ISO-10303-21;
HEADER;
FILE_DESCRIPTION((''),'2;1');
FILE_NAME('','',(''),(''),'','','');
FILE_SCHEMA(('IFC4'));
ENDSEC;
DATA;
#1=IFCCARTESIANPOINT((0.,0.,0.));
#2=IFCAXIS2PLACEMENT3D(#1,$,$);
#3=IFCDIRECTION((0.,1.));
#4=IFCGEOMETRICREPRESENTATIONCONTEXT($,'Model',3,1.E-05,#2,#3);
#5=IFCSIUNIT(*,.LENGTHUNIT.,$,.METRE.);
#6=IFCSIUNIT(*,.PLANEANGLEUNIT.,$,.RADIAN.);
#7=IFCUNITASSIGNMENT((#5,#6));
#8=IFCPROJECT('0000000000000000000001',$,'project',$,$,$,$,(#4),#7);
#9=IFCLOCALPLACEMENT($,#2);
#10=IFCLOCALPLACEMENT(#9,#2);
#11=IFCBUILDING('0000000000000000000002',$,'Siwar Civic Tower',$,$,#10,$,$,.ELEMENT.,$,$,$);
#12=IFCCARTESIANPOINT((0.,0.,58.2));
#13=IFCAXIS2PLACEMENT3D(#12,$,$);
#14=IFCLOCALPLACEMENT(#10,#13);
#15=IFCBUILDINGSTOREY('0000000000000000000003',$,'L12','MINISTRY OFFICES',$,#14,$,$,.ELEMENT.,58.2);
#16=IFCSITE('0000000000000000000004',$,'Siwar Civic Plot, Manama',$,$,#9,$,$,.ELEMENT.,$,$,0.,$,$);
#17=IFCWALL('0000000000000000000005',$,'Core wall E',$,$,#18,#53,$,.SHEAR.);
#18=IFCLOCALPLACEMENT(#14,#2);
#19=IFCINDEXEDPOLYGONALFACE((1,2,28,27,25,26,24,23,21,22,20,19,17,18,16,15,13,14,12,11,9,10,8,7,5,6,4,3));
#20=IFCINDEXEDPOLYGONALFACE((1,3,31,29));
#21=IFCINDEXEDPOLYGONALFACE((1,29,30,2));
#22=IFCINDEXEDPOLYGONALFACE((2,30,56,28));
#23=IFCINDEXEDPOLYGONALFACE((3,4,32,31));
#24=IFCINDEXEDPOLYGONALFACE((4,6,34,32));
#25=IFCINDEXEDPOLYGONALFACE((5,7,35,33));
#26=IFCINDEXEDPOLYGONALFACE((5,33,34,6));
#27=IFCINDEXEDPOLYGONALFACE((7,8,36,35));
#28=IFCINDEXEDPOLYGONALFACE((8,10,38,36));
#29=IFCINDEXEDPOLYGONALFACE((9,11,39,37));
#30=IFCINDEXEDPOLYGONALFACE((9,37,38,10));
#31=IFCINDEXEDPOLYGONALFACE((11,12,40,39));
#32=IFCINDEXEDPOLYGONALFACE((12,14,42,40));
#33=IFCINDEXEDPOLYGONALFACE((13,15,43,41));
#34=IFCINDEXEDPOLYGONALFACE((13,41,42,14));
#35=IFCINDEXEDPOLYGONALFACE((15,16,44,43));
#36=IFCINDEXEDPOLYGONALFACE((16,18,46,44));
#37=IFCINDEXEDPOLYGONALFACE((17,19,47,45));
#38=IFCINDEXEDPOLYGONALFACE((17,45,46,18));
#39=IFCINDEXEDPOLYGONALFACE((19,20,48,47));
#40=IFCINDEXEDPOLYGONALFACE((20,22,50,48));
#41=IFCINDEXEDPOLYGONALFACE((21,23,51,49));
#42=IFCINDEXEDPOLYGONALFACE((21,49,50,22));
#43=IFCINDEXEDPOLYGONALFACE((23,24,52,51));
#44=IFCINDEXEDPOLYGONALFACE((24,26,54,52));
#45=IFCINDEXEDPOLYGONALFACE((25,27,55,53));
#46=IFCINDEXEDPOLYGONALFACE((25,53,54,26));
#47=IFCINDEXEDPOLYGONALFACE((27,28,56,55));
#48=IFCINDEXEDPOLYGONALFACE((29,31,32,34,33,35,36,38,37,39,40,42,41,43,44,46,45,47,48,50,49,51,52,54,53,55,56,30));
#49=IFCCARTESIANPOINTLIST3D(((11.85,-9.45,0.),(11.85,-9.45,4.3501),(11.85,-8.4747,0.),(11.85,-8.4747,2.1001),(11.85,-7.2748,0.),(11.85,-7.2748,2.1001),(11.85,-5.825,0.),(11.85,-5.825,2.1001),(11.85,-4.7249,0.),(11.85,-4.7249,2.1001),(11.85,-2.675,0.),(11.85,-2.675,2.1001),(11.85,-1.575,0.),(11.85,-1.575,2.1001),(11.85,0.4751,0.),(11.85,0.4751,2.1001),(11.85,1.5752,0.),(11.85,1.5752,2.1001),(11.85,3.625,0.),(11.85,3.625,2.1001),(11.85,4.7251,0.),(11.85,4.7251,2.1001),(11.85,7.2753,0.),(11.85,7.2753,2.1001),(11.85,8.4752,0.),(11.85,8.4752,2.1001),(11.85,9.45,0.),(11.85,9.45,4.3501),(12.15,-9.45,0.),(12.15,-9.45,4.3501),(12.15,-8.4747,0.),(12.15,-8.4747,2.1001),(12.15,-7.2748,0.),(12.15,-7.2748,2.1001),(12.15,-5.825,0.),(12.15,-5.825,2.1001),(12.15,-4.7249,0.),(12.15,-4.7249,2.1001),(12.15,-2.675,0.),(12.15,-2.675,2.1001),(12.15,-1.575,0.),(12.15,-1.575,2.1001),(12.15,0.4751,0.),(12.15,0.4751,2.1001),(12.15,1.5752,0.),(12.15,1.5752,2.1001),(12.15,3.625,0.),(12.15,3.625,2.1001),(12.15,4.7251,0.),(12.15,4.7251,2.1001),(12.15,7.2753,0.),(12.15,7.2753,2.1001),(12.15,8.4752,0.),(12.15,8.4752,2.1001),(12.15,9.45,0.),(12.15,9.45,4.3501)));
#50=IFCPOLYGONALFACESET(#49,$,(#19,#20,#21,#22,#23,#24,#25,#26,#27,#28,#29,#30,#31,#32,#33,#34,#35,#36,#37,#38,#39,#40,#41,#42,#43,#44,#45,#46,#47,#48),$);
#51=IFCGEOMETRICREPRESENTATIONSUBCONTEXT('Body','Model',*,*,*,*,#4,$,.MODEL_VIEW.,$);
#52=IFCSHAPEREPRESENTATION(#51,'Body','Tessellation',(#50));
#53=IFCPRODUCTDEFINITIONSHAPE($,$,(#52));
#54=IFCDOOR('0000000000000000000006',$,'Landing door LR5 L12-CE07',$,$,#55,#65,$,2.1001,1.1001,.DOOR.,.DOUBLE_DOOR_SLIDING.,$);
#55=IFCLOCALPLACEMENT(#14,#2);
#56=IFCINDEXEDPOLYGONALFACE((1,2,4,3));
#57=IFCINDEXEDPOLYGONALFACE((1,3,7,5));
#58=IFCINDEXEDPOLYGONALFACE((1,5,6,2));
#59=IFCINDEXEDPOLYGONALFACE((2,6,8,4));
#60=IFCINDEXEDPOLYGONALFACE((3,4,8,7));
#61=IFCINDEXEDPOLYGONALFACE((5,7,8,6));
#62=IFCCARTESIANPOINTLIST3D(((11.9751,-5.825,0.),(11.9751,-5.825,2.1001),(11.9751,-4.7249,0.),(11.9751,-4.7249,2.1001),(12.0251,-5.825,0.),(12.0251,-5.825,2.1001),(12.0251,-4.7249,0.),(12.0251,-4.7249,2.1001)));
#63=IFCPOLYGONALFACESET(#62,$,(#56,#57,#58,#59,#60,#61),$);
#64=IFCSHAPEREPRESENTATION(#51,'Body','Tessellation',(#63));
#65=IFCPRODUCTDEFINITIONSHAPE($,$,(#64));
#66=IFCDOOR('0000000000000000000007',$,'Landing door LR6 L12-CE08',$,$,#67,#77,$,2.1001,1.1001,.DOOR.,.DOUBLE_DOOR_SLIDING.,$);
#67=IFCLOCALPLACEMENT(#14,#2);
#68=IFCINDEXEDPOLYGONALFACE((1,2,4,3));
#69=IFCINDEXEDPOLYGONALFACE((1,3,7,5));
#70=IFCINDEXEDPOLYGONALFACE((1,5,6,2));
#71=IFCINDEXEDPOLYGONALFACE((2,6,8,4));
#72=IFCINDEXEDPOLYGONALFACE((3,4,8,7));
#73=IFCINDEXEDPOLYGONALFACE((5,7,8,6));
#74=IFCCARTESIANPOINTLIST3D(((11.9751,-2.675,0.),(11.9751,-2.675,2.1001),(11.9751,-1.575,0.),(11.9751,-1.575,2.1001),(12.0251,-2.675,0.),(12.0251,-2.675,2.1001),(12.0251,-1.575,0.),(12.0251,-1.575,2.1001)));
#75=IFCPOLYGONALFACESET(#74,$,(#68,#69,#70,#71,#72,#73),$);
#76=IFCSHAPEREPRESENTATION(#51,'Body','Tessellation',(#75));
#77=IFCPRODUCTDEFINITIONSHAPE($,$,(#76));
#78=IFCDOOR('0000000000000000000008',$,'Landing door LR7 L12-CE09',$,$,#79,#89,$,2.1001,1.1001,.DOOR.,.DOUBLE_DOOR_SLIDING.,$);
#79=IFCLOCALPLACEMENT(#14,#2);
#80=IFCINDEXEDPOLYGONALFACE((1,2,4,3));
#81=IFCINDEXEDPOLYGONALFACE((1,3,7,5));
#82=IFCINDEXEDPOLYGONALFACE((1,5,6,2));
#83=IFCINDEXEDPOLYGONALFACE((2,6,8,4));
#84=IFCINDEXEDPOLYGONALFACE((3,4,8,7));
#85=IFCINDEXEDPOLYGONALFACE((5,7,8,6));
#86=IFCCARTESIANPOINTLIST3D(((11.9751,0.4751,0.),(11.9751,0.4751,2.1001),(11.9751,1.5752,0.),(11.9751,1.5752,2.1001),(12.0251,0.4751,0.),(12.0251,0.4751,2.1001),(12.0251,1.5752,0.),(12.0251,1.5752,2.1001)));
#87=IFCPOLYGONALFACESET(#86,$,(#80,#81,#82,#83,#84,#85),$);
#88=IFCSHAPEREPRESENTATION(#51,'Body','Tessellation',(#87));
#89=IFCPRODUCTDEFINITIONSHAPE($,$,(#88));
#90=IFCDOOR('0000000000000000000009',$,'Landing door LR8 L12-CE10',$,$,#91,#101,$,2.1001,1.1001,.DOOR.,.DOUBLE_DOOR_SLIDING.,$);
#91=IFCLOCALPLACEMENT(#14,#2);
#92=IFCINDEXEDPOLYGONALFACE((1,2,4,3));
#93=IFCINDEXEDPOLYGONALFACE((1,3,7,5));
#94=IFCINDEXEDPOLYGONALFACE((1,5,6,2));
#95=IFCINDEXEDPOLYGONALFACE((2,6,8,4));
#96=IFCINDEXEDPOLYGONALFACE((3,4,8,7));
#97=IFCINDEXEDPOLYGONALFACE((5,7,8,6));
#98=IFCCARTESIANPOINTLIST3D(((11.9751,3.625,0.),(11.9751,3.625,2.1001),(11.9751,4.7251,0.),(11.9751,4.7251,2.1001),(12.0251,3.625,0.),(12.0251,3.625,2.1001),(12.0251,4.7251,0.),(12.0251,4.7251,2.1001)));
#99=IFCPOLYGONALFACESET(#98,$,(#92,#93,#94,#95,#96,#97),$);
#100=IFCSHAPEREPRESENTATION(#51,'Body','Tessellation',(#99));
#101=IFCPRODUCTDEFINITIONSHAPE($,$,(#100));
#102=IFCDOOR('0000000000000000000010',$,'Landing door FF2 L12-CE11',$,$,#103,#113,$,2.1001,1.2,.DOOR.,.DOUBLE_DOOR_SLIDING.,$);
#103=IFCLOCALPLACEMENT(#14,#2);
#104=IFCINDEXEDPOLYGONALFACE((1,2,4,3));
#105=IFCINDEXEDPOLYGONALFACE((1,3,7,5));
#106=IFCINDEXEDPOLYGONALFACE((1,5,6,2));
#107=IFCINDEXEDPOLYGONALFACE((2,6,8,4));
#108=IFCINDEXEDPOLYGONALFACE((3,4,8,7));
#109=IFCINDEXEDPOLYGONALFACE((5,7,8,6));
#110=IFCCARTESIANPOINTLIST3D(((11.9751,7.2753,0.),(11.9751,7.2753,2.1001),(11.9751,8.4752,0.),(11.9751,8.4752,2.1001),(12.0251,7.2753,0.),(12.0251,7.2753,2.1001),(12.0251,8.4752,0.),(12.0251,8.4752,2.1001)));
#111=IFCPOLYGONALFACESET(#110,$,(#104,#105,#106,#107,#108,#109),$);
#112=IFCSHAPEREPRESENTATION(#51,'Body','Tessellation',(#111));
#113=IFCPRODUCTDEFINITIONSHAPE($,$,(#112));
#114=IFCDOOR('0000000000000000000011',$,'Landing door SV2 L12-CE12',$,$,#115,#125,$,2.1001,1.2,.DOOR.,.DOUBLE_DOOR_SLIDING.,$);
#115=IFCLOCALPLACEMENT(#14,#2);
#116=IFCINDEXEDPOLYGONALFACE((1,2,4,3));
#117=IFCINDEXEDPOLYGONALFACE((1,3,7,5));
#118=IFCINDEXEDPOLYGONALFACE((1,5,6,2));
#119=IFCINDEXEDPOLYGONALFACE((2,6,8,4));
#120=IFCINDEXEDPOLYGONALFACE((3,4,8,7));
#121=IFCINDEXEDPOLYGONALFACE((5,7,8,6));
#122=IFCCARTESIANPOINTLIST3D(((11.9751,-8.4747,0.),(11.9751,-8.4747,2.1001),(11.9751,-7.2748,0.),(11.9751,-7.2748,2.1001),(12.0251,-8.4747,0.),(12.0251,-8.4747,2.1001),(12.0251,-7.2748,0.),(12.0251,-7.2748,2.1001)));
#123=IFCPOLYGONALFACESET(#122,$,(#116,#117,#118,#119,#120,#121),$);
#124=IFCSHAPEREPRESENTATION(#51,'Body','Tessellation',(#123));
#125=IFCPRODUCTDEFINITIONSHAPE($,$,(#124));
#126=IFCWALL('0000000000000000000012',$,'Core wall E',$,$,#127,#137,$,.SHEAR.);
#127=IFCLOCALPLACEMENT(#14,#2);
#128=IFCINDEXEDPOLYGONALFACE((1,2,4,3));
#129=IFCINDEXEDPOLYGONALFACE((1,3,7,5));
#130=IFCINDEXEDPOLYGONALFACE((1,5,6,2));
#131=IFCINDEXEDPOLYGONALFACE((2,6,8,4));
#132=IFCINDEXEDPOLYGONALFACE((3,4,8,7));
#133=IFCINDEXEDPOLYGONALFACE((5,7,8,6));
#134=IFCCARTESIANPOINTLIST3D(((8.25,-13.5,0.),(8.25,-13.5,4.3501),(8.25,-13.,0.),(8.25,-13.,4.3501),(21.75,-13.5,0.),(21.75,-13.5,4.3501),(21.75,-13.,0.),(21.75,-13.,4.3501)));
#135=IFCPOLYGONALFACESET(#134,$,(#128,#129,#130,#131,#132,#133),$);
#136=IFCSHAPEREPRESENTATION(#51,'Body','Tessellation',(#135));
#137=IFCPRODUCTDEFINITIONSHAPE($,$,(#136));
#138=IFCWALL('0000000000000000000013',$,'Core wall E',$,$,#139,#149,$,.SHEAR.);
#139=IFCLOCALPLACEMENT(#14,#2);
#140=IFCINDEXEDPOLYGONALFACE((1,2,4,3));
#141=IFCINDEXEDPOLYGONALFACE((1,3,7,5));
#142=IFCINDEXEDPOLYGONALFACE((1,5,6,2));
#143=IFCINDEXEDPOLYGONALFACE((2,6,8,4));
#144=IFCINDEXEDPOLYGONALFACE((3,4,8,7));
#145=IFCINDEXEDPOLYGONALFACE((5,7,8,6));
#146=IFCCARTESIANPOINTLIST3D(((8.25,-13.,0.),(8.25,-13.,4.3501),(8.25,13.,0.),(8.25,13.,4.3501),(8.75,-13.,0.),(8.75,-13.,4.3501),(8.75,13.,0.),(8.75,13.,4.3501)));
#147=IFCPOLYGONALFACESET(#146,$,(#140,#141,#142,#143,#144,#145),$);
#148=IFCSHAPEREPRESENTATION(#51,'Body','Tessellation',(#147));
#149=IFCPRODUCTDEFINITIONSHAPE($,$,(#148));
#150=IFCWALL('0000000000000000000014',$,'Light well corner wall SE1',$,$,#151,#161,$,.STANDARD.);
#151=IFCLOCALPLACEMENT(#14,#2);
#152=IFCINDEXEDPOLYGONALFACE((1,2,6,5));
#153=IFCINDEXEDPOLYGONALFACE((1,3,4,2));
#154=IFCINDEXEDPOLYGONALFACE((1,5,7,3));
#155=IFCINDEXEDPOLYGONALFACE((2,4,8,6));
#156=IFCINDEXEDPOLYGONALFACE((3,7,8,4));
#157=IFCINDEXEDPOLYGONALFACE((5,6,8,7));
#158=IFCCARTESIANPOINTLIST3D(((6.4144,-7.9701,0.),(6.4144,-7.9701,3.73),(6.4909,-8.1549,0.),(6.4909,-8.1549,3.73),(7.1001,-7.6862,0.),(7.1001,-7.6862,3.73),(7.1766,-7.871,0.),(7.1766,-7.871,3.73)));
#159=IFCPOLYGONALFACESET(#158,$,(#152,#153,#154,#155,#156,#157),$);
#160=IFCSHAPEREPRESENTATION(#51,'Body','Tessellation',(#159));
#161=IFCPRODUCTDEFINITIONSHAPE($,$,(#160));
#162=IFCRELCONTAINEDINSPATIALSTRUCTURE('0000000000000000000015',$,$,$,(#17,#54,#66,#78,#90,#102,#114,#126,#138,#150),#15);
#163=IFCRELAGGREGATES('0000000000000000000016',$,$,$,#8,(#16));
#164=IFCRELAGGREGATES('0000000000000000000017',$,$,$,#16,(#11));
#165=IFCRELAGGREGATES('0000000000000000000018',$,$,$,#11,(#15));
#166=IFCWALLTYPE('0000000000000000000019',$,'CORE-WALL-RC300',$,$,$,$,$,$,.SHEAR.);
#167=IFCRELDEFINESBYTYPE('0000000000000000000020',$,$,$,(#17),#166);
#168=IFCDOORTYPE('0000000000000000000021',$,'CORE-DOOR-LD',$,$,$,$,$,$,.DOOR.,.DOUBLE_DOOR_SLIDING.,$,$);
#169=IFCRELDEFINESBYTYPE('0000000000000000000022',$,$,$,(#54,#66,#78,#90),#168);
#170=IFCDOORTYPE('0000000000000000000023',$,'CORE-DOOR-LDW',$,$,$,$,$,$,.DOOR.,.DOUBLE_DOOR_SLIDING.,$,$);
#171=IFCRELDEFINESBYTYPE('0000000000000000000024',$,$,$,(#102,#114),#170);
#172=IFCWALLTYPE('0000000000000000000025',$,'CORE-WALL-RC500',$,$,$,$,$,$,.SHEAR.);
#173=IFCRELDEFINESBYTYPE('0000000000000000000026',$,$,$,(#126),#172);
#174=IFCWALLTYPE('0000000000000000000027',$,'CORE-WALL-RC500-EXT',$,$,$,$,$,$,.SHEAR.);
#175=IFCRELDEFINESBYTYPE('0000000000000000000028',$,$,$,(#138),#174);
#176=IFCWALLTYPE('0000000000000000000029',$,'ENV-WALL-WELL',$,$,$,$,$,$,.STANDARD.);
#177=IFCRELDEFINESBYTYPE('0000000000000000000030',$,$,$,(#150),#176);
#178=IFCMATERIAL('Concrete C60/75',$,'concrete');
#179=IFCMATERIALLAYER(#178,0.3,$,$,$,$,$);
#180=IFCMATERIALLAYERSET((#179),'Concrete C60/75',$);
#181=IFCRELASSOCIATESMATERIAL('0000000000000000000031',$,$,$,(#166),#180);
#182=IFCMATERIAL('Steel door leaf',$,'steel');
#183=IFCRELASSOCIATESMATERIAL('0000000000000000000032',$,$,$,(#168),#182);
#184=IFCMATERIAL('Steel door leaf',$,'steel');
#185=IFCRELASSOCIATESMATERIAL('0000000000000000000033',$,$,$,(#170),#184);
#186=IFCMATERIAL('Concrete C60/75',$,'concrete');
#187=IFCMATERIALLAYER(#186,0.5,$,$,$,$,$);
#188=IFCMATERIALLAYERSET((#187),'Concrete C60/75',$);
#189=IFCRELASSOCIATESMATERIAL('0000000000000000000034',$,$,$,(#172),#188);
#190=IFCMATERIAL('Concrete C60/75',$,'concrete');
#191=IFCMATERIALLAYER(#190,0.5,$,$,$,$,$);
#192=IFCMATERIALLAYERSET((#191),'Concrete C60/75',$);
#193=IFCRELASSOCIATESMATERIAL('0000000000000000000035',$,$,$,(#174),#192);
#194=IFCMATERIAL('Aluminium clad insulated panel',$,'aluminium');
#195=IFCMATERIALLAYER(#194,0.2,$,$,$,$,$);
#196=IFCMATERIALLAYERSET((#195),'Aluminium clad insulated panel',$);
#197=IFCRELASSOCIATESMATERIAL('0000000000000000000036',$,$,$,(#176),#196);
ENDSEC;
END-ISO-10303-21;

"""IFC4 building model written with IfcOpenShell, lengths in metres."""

from ifc_helpers import new_model, si_unit, direction, frame, frame_2d, origin, place, context, subcontext, project, spatial, rectangle, extrude, material, layer, layer_set, type_object, element, fill, save


model = new_model("IFC4")

# Units and contexts
model_context = context("Model", 3, precision=1e-05, world=origin(), true_north=direction((0.0, 1.0)))
body_context = subcontext(model_context, "Body", "Model", "MODEL_VIEW")
ifc_project = project(units=[si_unit("LENGTHUNIT", "METRE"), si_unit("PLANEANGLEUNIT", "RADIAN")], contexts=[model_context])

# Site, building, storey
site_placement = place(None, origin())
site = spatial("IfcSite", under=ifc_project, at=site_placement, Name="Siwar Civic Plot, Manama", CompositionType="ELEMENT", RefElevation=0.0)
building_placement = place(site_placement, origin())
building = spatial("IfcBuilding", under=site, at=building_placement, Name="Siwar Civic Tower", CompositionType="ELEMENT")
storey_placement = place(building_placement, frame((0.0, 0.0, 58.2)))
storey = spatial("IfcBuildingStorey", under=building, at=storey_placement, Name="L12", Description="MINISTRY OFFICES", CompositionType="ELEMENT", Elevation=58.2)

# Wall, openings, doors
ifc_material_1 = material(Name="Concrete C60/75", Category="concrete")
ifc_layer_1 = layer(ifc_material_1, 0.3)
ifc_layer_set_1 = layer_set([ifc_layer_1], Name="Concrete C60/75")
wall_type_1 = type_object("IfcWallType", Name="CORE-WALL-RC300", PredefinedType="SHEAR", material=ifc_layer_set_1)
wall_1_placement = place(storey_placement, frame((12.0, -9.45, 0.0), z_axis=(0.0, 0.0, 1.0), x_axis=(0.0, 1.0, 0.0)))
wall_1 = element("IfcWall", 1, at=wall_1_placement, inside=storey, type_object=wall_type_1, Name="Core wall E", PredefinedType="SHEAR", context=body_context, shape_type="SweptSolid", body=[
    extrude(rectangle(XDim=18.8999, YDim=0.3, at=frame_2d((9.45, 0.0))), origin(), (0.0, 0.0, 1.0), 4.3501),
])
opening_1_placement = place(wall_1_placement, frame((3.625, 0.0, 0.0)))
opening_1 = element("IfcOpeningElement", 2, at=opening_1_placement, cuts=wall_1, PredefinedType="OPENING", context=body_context, shape_type="SweptSolid", body=[
    extrude(rectangle(XDim=1.1001, YDim=2.1001, at=frame_2d((0.55, 1.05))), frame((0.0, 0.1602, 0.0), z_axis=(0.0, -1.0, 0.0), x_axis=(1.0, 0.0, 0.0)), (0.0, 0.0, 1.0), 0.3201),
])
opening_2_placement = place(wall_1_placement, frame((6.7749, 0.0, 0.0)))
opening_2 = element("IfcOpeningElement", 3, at=opening_2_placement, cuts=wall_1, PredefinedType="OPENING", context=body_context, shape_type="SweptSolid", body=[
    extrude(rectangle(XDim=1.1001, YDim=2.1001, at=frame_2d((0.55, 1.05))), frame((0.0, 0.1602, 0.0), z_axis=(0.0, -1.0, 0.0), x_axis=(1.0, 0.0, 0.0)), (0.0, 0.0, 1.0), 0.3201),
])
opening_3_placement = place(wall_1_placement, frame((9.925, 0.0, 0.0)))
opening_3 = element("IfcOpeningElement", 4, at=opening_3_placement, cuts=wall_1, PredefinedType="OPENING", context=body_context, shape_type="SweptSolid", body=[
    extrude(rectangle(XDim=1.1001, YDim=2.1001, at=frame_2d((0.55, 1.05))), frame((0.0, 0.1602, 0.0), z_axis=(0.0, -1.0, 0.0), x_axis=(1.0, 0.0, 0.0)), (0.0, 0.0, 1.0), 0.3201),
])
opening_4_placement = place(wall_1_placement, frame((13.075, 0.0, 0.0)))
opening_4 = element("IfcOpeningElement", 5, at=opening_4_placement, cuts=wall_1, PredefinedType="OPENING", context=body_context, shape_type="SweptSolid", body=[
    extrude(rectangle(XDim=1.1001, YDim=2.1001, at=frame_2d((0.55, 1.05))), frame((0.0, 0.1602, 0.0), z_axis=(0.0, -1.0, 0.0), x_axis=(1.0, 0.0, 0.0)), (0.0, 0.0, 1.0), 0.3201),
])
opening_5_placement = place(wall_1_placement, frame((16.7251, 0.0, 0.0)))
opening_5 = element("IfcOpeningElement", 6, at=opening_5_placement, cuts=wall_1, PredefinedType="OPENING", context=body_context, shape_type="SweptSolid", body=[
    extrude(rectangle(XDim=1.2, YDim=2.1001, at=frame_2d((0.6001, 1.05))), frame((0.0, 0.1602, 0.0), z_axis=(0.0, -1.0, 0.0), x_axis=(1.0, 0.0, 0.0)), (0.0, 0.0, 1.0), 0.3201),
])
opening_6_placement = place(wall_1_placement, frame((0.9751, 0.0, 0.0)))
opening_6 = element("IfcOpeningElement", 7, at=opening_6_placement, cuts=wall_1, PredefinedType="OPENING", context=body_context, shape_type="SweptSolid", body=[
    extrude(rectangle(XDim=1.2, YDim=2.1001, at=frame_2d((0.6001, 1.05))), frame((0.0, 0.1602, 0.0), z_axis=(0.0, -1.0, 0.0), x_axis=(1.0, 0.0, 0.0)), (0.0, 0.0, 1.0), 0.3201),
])
ifc_material_2 = material(Name="Steel door leaf", Category="steel")
door_type_1 = type_object("IfcDoorType", Name="CORE-DOOR-LD", OperationType="DOUBLE_DOOR_SLIDING", PredefinedType="DOOR", material=ifc_material_2)
door_1_placement = place(opening_1_placement, origin())
door_1 = element("IfcDoor", 8, at=door_1_placement, inside=storey, type_object=door_type_1, Name="Landing door LR5 L12-CE07", OperationType="DOUBLE_DOOR_SLIDING", OverallHeight=2.1001, OverallWidth=1.1001, PredefinedType="DOOR", context=body_context, shape_type="SweptSolid", body=[
    extrude(rectangle(XDim=1.1001, YDim=2.1001, at=frame_2d((0.55, 1.05))), frame((0.0, 0.0249, 0.0), z_axis=(0.0, -1.0, 0.0), x_axis=(1.0, 0.0, 0.0)), (0.0, 0.0, 1.0), 0.05),
])
fill(opening_1, door_1)
door_2_placement = place(opening_2_placement, origin())
door_2 = element("IfcDoor", 9, at=door_2_placement, inside=storey, type_object=door_type_1, Name="Landing door LR6 L12-CE08", OperationType="DOUBLE_DOOR_SLIDING", OverallHeight=2.1001, OverallWidth=1.1001, PredefinedType="DOOR", context=body_context, shape_type="SweptSolid", body=[
    extrude(rectangle(XDim=1.1001, YDim=2.1001, at=frame_2d((0.55, 1.05))), frame((0.0, 0.0249, 0.0), z_axis=(0.0, -1.0, 0.0), x_axis=(1.0, 0.0, 0.0)), (0.0, 0.0, 1.0), 0.05),
])
fill(opening_2, door_2)
door_3_placement = place(opening_3_placement, origin())
door_3 = element("IfcDoor", 10, at=door_3_placement, inside=storey, type_object=door_type_1, Name="Landing door LR7 L12-CE09", OperationType="DOUBLE_DOOR_SLIDING", OverallHeight=2.1001, OverallWidth=1.1001, PredefinedType="DOOR", context=body_context, shape_type="SweptSolid", body=[
    extrude(rectangle(XDim=1.1001, YDim=2.1001, at=frame_2d((0.55, 1.05))), frame((0.0, 0.0249, 0.0), z_axis=(0.0, -1.0, 0.0), x_axis=(1.0, 0.0, 0.0)), (0.0, 0.0, 1.0), 0.05),
])
fill(opening_3, door_3)
door_4_placement = place(opening_4_placement, origin())
door_4 = element("IfcDoor", 11, at=door_4_placement, inside=storey, type_object=door_type_1, Name="Landing door LR8 L12-CE10", OperationType="DOUBLE_DOOR_SLIDING", OverallHeight=2.1001, OverallWidth=1.1001, PredefinedType="DOOR", context=body_context, shape_type="SweptSolid", body=[
    extrude(rectangle(XDim=1.1001, YDim=2.1001, at=frame_2d((0.55, 1.05))), frame((0.0, 0.0249, 0.0), z_axis=(0.0, -1.0, 0.0), x_axis=(1.0, 0.0, 0.0)), (0.0, 0.0, 1.0), 0.05),
])
fill(opening_4, door_4)
ifc_material_3 = material(Name="Steel door leaf", Category="steel")
door_type_2 = type_object("IfcDoorType", Name="CORE-DOOR-LDW", OperationType="DOUBLE_DOOR_SLIDING", PredefinedType="DOOR", material=ifc_material_3)
door_5_placement = place(opening_5_placement, origin())
door_5 = element("IfcDoor", 12, at=door_5_placement, inside=storey, type_object=door_type_2, Name="Landing door FF2 L12-CE11", OperationType="DOUBLE_DOOR_SLIDING", OverallHeight=2.1001, OverallWidth=1.2, PredefinedType="DOOR", context=body_context, shape_type="SweptSolid", body=[
    extrude(rectangle(XDim=1.2, YDim=2.1001, at=frame_2d((0.6001, 1.05))), frame((0.0, 0.0249, 0.0), z_axis=(0.0, -1.0, 0.0), x_axis=(1.0, 0.0, 0.0)), (0.0, 0.0, 1.0), 0.05),
])
fill(opening_5, door_5)
door_6_placement = place(opening_6_placement, origin())
door_6 = element("IfcDoor", 13, at=door_6_placement, inside=storey, type_object=door_type_2, Name="Landing door SV2 L12-CE12", OperationType="DOUBLE_DOOR_SLIDING", OverallHeight=2.1001, OverallWidth=1.2, PredefinedType="DOOR", context=body_context, shape_type="SweptSolid", body=[
    extrude(rectangle(XDim=1.2, YDim=2.1001, at=frame_2d((0.6001, 1.05))), frame((0.0, 0.0249, 0.0), z_axis=(0.0, -1.0, 0.0), x_axis=(1.0, 0.0, 0.0)), (0.0, 0.0, 1.0), 0.05),
])
fill(opening_6, door_6)

# Walls
ifc_material_4 = material(Name="Concrete C60/75", Category="concrete")
ifc_layer_2 = layer(ifc_material_4, 0.5)
ifc_layer_set_2 = layer_set([ifc_layer_2], Name="Concrete C60/75")
wall_type_2 = type_object("IfcWallType", Name="CORE-WALL-RC500", PredefinedType="SHEAR", material=ifc_layer_set_2)
wall_2_placement = place(storey_placement, frame((8.25, -13.25, 0.0), z_axis=(0.0, 0.0, 1.0), x_axis=(1.0, 0.0, 0.0)))
element("IfcWall", 14, at=wall_2_placement, inside=storey, type_object=wall_type_2, Name="Core wall E", PredefinedType="SHEAR", context=body_context, shape_type="SweptSolid", body=[
    extrude(rectangle(XDim=13.5, YDim=0.5, at=frame_2d((6.75, 0.0))), origin(), (0.0, 0.0, 1.0), 4.3501),
])
ifc_material_5 = material(Name="Concrete C60/75", Category="concrete")
ifc_layer_3 = layer(ifc_material_5, 0.5)
ifc_layer_set_3 = layer_set([ifc_layer_3], Name="Concrete C60/75")
wall_type_3 = type_object("IfcWallType", Name="CORE-WALL-RC500-EXT", PredefinedType="SHEAR", material=ifc_layer_set_3)
wall_3_placement = place(storey_placement, frame((8.5, -13.0, 0.0), z_axis=(0.0, 0.0, 1.0), x_axis=(0.0, 1.0, 0.0)))
element("IfcWall", 15, at=wall_3_placement, inside=storey, type_object=wall_type_3, Name="Core wall E", PredefinedType="SHEAR", context=body_context, shape_type="SweptSolid", body=[
    extrude(rectangle(XDim=26.0, YDim=0.5, at=frame_2d((13.0, 0.0))), origin(), (0.0, 0.0, 1.0), 4.3501),
])
ifc_material_6 = material(Name="Aluminium clad insulated panel", Category="aluminium")
ifc_layer_4 = layer(ifc_material_6, 0.2)
ifc_layer_set_4 = layer_set([ifc_layer_4], Name="Aluminium clad insulated panel")
wall_type_4 = type_object("IfcWallType", Name="ENV-WALL-WELL", PredefinedType="STANDARD", material=ifc_layer_set_4)
wall_4_placement = place(storey_placement, frame((6.4526, -8.0625, 0.0), z_axis=(0.0, 0.0, 1.0), x_axis=(0.923941, 0.382536, 0.0)))
element("IfcWall", 16, at=wall_4_placement, inside=storey, type_object=wall_type_4, Name="Light well corner wall SE1", PredefinedType="STANDARD", context=body_context, shape_type="SweptSolid", body=[
    extrude(rectangle(XDim=0.7422, YDim=0.2, at=frame_2d((0.3711, 0.0))), origin(), (0.0, 0.0, 1.0), 3.73),
])

save(model, "model.ifc")
